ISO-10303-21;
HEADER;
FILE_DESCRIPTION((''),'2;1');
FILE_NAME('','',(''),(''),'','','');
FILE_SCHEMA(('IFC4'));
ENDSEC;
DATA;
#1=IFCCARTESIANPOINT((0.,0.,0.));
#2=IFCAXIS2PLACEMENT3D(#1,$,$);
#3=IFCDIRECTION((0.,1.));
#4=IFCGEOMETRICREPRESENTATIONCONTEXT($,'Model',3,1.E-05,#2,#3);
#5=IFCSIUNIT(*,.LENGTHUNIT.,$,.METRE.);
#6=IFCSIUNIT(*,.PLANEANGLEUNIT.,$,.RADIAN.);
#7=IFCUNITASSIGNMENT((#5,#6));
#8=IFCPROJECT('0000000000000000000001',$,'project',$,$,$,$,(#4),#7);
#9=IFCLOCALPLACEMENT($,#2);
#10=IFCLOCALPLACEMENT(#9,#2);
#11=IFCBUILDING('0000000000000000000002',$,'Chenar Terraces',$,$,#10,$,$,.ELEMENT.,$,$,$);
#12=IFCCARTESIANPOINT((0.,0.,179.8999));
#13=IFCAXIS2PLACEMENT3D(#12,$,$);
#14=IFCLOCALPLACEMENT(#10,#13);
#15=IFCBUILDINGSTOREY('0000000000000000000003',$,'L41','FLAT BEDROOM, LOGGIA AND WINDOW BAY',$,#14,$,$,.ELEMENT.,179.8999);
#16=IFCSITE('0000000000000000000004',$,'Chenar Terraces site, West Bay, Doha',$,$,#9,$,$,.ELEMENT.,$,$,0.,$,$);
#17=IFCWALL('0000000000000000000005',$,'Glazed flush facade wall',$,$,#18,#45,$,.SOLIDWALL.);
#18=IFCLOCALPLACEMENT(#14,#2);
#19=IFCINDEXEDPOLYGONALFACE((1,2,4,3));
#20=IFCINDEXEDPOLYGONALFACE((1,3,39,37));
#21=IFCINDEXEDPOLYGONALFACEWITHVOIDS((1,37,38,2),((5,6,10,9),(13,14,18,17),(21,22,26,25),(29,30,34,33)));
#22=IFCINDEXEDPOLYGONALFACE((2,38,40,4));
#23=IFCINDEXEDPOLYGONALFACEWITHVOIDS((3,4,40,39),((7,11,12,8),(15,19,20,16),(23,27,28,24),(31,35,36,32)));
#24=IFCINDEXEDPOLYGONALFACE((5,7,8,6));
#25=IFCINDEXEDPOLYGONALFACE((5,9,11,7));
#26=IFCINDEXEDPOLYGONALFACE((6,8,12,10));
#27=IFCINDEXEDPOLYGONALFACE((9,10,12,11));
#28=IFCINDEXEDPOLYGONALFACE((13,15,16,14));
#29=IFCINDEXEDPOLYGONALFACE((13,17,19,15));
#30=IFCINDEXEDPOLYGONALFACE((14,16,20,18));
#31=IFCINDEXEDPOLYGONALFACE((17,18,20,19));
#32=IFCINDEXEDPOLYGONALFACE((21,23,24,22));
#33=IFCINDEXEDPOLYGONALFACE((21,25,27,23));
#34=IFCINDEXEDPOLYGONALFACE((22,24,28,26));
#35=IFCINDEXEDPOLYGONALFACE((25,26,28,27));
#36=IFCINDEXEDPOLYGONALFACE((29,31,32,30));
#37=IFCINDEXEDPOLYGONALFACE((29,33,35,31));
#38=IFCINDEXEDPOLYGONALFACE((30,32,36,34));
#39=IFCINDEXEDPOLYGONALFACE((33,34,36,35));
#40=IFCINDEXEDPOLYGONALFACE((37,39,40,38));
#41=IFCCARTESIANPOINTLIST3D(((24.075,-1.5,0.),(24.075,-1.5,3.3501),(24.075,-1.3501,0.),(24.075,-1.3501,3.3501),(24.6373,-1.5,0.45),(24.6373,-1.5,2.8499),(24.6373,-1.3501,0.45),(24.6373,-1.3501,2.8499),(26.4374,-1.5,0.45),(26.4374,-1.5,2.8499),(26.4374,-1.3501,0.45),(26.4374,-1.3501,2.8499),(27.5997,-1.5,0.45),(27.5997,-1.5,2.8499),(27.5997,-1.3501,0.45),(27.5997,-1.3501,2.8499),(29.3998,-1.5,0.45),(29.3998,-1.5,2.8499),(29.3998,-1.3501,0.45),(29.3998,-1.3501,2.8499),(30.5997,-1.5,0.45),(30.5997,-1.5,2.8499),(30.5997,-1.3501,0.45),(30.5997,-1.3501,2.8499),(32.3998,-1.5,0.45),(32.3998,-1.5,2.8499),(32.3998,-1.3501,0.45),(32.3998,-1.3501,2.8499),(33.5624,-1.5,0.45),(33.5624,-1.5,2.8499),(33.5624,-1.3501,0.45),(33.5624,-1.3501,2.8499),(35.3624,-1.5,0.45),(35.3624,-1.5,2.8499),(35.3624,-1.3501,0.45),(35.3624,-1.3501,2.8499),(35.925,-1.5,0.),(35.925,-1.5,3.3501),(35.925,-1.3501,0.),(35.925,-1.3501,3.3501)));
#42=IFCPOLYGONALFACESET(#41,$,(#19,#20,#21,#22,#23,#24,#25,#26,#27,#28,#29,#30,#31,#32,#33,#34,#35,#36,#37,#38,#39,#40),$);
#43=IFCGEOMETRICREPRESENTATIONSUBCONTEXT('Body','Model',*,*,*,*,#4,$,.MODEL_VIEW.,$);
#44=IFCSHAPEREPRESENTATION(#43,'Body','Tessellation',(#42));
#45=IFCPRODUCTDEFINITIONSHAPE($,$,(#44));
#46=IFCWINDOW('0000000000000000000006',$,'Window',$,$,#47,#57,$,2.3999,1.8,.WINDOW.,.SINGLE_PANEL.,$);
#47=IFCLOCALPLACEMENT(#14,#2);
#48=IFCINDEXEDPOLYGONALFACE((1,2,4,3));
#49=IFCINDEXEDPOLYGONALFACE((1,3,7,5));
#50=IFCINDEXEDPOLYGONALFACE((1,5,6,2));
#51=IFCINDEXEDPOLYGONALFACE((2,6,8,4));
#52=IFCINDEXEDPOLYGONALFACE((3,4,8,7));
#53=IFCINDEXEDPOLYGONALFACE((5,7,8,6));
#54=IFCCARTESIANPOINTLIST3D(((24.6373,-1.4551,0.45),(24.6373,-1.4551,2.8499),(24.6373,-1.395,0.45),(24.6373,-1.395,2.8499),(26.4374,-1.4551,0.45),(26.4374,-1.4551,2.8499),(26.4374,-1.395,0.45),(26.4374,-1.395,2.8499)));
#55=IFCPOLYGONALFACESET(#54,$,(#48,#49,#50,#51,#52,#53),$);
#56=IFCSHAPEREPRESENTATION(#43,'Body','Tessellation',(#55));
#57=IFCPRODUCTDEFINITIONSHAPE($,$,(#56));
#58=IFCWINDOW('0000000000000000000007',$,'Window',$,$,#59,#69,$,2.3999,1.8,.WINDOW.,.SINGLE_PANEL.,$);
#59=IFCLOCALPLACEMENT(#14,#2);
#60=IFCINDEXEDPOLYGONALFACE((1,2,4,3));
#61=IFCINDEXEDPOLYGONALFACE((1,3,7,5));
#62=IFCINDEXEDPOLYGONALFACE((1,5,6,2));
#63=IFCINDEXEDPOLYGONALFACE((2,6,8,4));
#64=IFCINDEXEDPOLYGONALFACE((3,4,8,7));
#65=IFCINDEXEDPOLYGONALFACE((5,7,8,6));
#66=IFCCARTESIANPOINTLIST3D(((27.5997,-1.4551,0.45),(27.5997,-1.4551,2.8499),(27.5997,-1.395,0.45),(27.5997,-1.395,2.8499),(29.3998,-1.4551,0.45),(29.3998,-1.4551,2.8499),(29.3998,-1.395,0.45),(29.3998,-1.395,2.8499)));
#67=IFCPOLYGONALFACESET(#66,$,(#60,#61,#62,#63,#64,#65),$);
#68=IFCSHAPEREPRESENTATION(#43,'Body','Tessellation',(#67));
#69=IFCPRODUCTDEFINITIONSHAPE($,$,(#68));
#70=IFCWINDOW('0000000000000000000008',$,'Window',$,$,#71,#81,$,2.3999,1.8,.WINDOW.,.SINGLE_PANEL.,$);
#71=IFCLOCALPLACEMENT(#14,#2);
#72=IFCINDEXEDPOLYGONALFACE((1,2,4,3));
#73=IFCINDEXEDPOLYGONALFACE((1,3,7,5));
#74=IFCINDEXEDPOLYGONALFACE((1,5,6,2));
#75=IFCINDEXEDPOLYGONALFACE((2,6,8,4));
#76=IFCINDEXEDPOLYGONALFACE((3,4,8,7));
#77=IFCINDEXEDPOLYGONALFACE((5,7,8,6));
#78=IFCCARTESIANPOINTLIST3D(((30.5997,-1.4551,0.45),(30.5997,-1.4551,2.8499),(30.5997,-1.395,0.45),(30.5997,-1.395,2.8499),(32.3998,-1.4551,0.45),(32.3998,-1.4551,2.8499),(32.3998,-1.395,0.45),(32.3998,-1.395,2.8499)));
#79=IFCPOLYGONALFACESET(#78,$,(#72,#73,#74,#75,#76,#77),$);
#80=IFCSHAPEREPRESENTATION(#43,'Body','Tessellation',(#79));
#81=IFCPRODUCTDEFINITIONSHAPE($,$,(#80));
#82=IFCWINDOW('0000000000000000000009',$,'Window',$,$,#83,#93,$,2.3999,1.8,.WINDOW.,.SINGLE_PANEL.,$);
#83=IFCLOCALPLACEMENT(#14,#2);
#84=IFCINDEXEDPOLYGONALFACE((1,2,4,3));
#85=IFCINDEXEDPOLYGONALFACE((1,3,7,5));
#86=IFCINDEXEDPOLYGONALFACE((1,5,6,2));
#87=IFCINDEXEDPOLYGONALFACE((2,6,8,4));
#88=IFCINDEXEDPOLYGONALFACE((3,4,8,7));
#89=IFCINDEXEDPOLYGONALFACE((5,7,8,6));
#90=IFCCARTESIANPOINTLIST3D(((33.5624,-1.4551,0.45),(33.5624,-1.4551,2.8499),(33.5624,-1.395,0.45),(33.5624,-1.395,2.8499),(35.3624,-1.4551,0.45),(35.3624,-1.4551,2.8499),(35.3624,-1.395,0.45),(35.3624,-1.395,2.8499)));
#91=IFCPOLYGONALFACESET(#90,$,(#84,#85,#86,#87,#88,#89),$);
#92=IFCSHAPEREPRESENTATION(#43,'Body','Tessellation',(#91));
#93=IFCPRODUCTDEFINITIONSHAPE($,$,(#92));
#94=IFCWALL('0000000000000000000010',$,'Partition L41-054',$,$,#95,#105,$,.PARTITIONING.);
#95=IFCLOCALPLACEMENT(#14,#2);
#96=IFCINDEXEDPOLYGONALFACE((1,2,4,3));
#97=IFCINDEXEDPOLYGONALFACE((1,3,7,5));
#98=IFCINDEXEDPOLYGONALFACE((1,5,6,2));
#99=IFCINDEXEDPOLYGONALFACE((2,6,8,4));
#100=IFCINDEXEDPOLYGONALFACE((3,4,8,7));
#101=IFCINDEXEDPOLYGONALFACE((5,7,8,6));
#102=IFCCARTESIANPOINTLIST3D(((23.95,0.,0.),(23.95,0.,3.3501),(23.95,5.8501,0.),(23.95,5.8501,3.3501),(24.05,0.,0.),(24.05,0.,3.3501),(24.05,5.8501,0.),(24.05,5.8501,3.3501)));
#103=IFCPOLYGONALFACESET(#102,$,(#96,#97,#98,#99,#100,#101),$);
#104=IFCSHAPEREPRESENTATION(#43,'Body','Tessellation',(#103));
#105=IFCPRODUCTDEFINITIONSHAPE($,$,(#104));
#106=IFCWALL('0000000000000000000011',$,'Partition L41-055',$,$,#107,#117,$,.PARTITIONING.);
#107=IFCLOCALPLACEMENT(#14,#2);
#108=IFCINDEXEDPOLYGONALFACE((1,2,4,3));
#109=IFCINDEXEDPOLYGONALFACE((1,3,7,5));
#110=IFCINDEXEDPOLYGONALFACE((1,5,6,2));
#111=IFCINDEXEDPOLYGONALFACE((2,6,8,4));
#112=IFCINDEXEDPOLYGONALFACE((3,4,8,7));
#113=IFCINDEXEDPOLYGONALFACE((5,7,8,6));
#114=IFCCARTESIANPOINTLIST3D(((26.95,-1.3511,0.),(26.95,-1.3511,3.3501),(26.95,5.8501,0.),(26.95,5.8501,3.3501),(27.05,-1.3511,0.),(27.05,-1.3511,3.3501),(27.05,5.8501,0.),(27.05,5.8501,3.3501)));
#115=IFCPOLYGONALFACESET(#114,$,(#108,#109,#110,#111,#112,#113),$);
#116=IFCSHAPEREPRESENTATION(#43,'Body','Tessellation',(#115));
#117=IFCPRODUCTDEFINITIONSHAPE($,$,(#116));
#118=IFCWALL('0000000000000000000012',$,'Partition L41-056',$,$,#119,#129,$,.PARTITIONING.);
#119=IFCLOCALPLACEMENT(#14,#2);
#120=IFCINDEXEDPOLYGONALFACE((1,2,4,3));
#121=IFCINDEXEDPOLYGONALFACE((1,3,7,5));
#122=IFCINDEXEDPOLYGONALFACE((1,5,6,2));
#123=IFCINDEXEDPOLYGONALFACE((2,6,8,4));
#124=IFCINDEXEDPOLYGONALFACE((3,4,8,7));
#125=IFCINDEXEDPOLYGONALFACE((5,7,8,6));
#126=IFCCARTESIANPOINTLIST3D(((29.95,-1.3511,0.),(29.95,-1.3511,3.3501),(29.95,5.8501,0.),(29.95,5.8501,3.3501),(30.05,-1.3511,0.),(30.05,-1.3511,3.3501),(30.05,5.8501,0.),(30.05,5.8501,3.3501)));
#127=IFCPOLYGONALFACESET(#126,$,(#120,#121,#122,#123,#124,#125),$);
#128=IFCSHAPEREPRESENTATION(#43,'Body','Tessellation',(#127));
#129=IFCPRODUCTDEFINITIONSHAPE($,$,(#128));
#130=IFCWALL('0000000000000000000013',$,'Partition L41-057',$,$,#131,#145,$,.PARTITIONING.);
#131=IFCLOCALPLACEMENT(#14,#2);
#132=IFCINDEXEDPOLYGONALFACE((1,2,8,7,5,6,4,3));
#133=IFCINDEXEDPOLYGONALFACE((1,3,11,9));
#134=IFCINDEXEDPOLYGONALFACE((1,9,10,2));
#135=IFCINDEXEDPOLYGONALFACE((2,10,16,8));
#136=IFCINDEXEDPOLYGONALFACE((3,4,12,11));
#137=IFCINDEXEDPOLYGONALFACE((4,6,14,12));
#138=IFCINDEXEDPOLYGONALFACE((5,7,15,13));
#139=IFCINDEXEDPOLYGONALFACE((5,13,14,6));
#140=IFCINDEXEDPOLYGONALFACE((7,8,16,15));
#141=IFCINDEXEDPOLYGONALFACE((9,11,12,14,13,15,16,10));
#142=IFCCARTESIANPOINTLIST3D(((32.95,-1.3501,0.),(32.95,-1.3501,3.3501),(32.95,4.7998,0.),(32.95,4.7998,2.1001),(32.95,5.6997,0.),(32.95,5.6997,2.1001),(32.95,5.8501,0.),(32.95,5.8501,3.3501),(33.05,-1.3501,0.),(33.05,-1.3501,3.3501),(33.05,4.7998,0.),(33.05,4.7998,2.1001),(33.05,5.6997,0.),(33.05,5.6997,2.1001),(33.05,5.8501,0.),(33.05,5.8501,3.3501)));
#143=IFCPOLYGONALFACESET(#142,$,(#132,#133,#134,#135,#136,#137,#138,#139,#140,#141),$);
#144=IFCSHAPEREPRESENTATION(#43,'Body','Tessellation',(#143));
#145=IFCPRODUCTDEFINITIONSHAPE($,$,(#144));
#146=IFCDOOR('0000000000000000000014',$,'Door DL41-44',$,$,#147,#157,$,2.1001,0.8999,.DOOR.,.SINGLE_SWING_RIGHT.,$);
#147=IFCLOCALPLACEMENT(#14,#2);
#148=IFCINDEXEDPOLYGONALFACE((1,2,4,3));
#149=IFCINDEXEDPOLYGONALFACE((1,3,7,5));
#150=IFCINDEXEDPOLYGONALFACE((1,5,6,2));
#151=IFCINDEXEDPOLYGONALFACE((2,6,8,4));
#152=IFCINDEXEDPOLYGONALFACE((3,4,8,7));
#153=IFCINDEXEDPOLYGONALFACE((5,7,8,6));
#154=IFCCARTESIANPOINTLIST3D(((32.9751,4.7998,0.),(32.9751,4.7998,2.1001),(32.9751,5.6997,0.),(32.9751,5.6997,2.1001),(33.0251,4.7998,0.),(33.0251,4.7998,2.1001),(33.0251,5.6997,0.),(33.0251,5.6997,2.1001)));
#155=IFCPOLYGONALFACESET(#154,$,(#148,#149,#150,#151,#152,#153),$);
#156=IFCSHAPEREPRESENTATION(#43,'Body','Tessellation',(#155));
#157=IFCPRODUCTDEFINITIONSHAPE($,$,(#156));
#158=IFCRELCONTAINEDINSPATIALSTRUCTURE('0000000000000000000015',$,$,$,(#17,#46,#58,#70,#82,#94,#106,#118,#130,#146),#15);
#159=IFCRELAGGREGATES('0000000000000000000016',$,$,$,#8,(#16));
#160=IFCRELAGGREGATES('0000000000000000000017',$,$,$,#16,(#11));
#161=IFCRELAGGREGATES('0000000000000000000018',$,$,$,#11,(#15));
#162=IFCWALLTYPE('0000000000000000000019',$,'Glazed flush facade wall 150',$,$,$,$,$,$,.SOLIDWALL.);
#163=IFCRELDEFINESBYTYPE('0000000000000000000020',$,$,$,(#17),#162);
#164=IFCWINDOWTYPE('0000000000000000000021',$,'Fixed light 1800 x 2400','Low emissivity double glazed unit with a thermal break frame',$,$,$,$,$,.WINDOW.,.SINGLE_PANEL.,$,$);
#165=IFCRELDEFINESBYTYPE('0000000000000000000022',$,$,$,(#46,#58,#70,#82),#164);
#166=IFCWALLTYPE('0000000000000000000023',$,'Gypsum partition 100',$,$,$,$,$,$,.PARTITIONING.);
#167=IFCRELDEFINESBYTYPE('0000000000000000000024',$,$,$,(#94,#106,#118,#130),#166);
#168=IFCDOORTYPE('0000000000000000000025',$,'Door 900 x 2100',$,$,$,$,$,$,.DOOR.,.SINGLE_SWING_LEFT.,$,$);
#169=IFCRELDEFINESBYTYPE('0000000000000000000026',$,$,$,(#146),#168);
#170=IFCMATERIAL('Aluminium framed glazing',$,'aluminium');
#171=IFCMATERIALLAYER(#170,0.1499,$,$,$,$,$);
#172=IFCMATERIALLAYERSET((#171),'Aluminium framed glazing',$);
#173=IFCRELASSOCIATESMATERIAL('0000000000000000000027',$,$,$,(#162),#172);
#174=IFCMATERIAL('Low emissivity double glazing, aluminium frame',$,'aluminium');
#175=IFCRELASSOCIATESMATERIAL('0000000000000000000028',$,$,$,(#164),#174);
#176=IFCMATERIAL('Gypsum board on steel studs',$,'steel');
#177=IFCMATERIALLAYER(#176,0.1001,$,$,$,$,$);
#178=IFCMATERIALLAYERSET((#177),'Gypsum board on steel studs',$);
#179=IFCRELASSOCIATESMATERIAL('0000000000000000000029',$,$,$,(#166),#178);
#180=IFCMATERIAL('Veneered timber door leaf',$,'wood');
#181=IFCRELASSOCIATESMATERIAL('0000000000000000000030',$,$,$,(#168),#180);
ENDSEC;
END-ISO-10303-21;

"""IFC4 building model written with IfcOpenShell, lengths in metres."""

from ifc_helpers import new_model, si_unit, direction, frame, frame_2d, origin, place, context, subcontext, project, spatial, rectangle, extrude, material, layer, layer_set, type_object, element, fill, save


model = new_model("IFC4")

# Units and contexts
model_context = context("Model", 3, precision=1e-05, world=origin(), true_north=direction((0.0, 1.0)))
body_context = subcontext(model_context, "Body", "Model", "MODEL_VIEW")
ifc_project = project(units=[si_unit("LENGTHUNIT", "METRE"), si_unit("PLANEANGLEUNIT", "RADIAN")], contexts=[model_context])

# Site, building, storey
site_placement = place(None, origin())
site = spatial("IfcSite", under=ifc_project, at=site_placement, Name="Chenar Terraces site, West Bay, Doha", CompositionType="ELEMENT", RefElevation=0.0)
building_placement = place(site_placement, origin())
building = spatial("IfcBuilding", under=site, at=building_placement, Name="Chenar Terraces", CompositionType="ELEMENT")
storey_placement = place(building_placement, frame((0.0, 0.0, 179.8999)))
storey = spatial("IfcBuildingStorey", under=building, at=storey_placement, Name="L41", Description="FLAT BEDROOM, LOGGIA AND WINDOW BAY", CompositionType="ELEMENT", Elevation=179.8999)

# Wall, openings, windows
ifc_material_1 = material(Name="Aluminium framed glazing", Category="aluminium")
ifc_layer_1 = layer(ifc_material_1, 0.1499)
ifc_layer_set_1 = layer_set([ifc_layer_1], Name="Aluminium framed glazing")
wall_type_1 = type_object("IfcWallType", Name="Glazed flush facade wall 150", PredefinedType="SOLIDWALL", material=ifc_layer_set_1)
wall_1_placement = place(storey_placement, frame((24.075, -1.425, 0.0), z_axis=(0.0, 0.0, 1.0), x_axis=(1.0, 0.0, 0.0)))
wall_1 = element("IfcWall", 1, at=wall_1_placement, inside=storey, type_object=wall_type_1, Name="Glazed flush facade wall", PredefinedType="SOLIDWALL", context=body_context, shape_type="SweptSolid", body=[
    extrude(rectangle(XDim=11.8501, YDim=0.1499, at=frame_2d((5.925, 0.0))), origin(), (0.0, 0.0, 1.0), 3.3501),
])
opening_1_placement = place(wall_1_placement, frame((0.5625, 0.0, 0.45)))
opening_1 = element("IfcOpeningElement", 2, at=opening_1_placement, cuts=wall_1, PredefinedType="OPENING", context=body_context, shape_type="SweptSolid", body=[
    extrude(rectangle(XDim=1.8, YDim=2.3999, at=frame_2d((0.8999, 1.2))), frame((0.0, 0.085, 0.0), z_axis=(0.0, -1.0, 0.0), x_axis=(1.0, 0.0, 0.0)), (0.0, 0.0, 1.0), 0.1699),
])
opening_2_placement = place(wall_1_placement, frame((3.5249, 0.0, 0.45)))
opening_2 = element("IfcOpeningElement", 3, at=opening_2_placement, cuts=wall_1, PredefinedType="OPENING", context=body_context, shape_type="SweptSolid", body=[
    extrude(rectangle(XDim=1.8, YDim=2.3999, at=frame_2d((0.8999, 1.2))), frame((0.0, 0.085, 0.0), z_axis=(0.0, -1.0, 0.0), x_axis=(1.0, 0.0, 0.0)), (0.0, 0.0, 1.0), 0.1699),
])
opening_3_placement = place(wall_1_placement, frame((6.5249, 0.0, 0.45)))
opening_3 = element("IfcOpeningElement", 4, at=opening_3_placement, cuts=wall_1, PredefinedType="OPENING", context=body_context, shape_type="SweptSolid", body=[
    extrude(rectangle(XDim=1.8, YDim=2.3999, at=frame_2d((0.8999, 1.2))), frame((0.0, 0.085, 0.0), z_axis=(0.0, -1.0, 0.0), x_axis=(1.0, 0.0, 0.0)), (0.0, 0.0, 1.0), 0.1699),
])
opening_4_placement = place(wall_1_placement, frame((9.4875, 0.0, 0.45)))
opening_4 = element("IfcOpeningElement", 5, at=opening_4_placement, cuts=wall_1, PredefinedType="OPENING", context=body_context, shape_type="SweptSolid", body=[
    extrude(rectangle(XDim=1.8, YDim=2.3999, at=frame_2d((0.8999, 1.2))), frame((0.0, 0.085, 0.0), z_axis=(0.0, -1.0, 0.0), x_axis=(1.0, 0.0, 0.0)), (0.0, 0.0, 1.0), 0.1699),
])
ifc_material_2 = material(Name="Low emissivity double glazing, aluminium frame", Category="aluminium")
window_type = type_object("IfcWindowType", Name="Fixed light 1800 x 2400", Description="Low emissivity double glazed unit with a thermal break frame", PartitioningType="SINGLE_PANEL", PredefinedType="WINDOW", material=ifc_material_2)
window_1_placement = place(opening_1_placement, origin())
window_1 = element("IfcWindow", 6, at=window_1_placement, inside=storey, type_object=window_type, Name="Window", OverallHeight=2.3999, OverallWidth=1.8, PartitioningType="SINGLE_PANEL", PredefinedType="WINDOW", context=body_context, shape_type="SweptSolid", body=[
    extrude(rectangle(XDim=1.8, YDim=2.3999, at=frame_2d((0.8999, 1.2))), frame((0.0, 0.03, 0.0), z_axis=(0.0, -1.0, 0.0), x_axis=(1.0, 0.0, 0.0)), (0.0, 0.0, 1.0), 0.0601),
])
fill(opening_1, window_1)
window_2_placement = place(opening_2_placement, origin())
window_2 = element("IfcWindow", 7, at=window_2_placement, inside=storey, type_object=window_type, Name="Window", OverallHeight=2.3999, OverallWidth=1.8, PartitioningType="SINGLE_PANEL", PredefinedType="WINDOW", context=body_context, shape_type="SweptSolid", body=[
    extrude(rectangle(XDim=1.8, YDim=2.3999, at=frame_2d((0.8999, 1.2))), frame((0.0, 0.03, 0.0), z_axis=(0.0, -1.0, 0.0), x_axis=(1.0, 0.0, 0.0)), (0.0, 0.0, 1.0), 0.0601),
])
fill(opening_2, window_2)
window_3_placement = place(opening_3_placement, origin())
window_3 = element("IfcWindow", 8, at=window_3_placement, inside=storey, type_object=window_type, Name="Window", OverallHeight=2.3999, OverallWidth=1.8, PartitioningType="SINGLE_PANEL", PredefinedType="WINDOW", context=body_context, shape_type="SweptSolid", body=[
    extrude(rectangle(XDim=1.8, YDim=2.3999, at=frame_2d((0.8999, 1.2))), frame((0.0, 0.03, 0.0), z_axis=(0.0, -1.0, 0.0), x_axis=(1.0, 0.0, 0.0)), (0.0, 0.0, 1.0), 0.0601),
])
fill(opening_3, window_3)
window_4_placement = place(opening_4_placement, origin())
window_4 = element("IfcWindow", 9, at=window_4_placement, inside=storey, type_object=window_type, Name="Window", OverallHeight=2.3999, OverallWidth=1.8, PartitioningType="SINGLE_PANEL", PredefinedType="WINDOW", context=body_context, shape_type="SweptSolid", body=[
    extrude(rectangle(XDim=1.8, YDim=2.3999, at=frame_2d((0.8999, 1.2))), frame((0.0, 0.03, 0.0), z_axis=(0.0, -1.0, 0.0), x_axis=(1.0, 0.0, 0.0)), (0.0, 0.0, 1.0), 0.0601),
])
fill(opening_4, window_4)

# Walls
ifc_material_3 = material(Name="Gypsum board on steel studs", Category="steel")
ifc_layer_2 = layer(ifc_material_3, 0.1001)
ifc_layer_set_2 = layer_set([ifc_layer_2], Name="Gypsum board on steel studs")
wall_type_2 = type_object("IfcWallType", Name="Gypsum partition 100", PredefinedType="PARTITIONING", material=ifc_layer_set_2)
wall_2_placement = place(storey_placement, frame((24.0, 0.0, 0.0), z_axis=(0.0, 0.0, 1.0), x_axis=(0.0, 1.0, 0.0)))
element("IfcWall", 10, at=wall_2_placement, inside=storey, type_object=wall_type_2, Name="Partition L41-054", PredefinedType="PARTITIONING", context=body_context, shape_type="SweptSolid", body=[
    extrude(rectangle(XDim=5.8501, YDim=0.1001, at=frame_2d((2.925, 0.0))), origin(), (0.0, 0.0, 1.0), 3.3501),
])
for number, where, z_axis, x_axis, name in (
    (11, (27.0, -1.3511, 0.0), (0.0, 0.0, 1.0), (0.0, 1.0, 0.0), "Partition L41-055"),
    (12, (30.0, -1.3511, 0.0), (0.0, 0.0, 1.0), (0.0, 1.0, 0.0), "Partition L41-056"),
):
    element("IfcWall", number, at=place(storey_placement, frame(where, z_axis=z_axis, x_axis=x_axis)), inside=storey, type_object=wall_type_2, Name=name, PredefinedType="PARTITIONING", context=body_context, shape_type="SweptSolid", body=[
        extrude(rectangle(XDim=7.2012, YDim=0.1001, at=frame_2d((3.6006, 0.0))), origin(), (0.0, 0.0, 1.0), 3.3501),
    ])

# Wall, opening, door
wall_3_placement = place(storey_placement, frame((33.0, -1.3501, 0.0), z_axis=(0.0, 0.0, 1.0), x_axis=(0.0, 1.0, 0.0)))
wall_3 = element("IfcWall", 13, at=wall_3_placement, inside=storey, type_object=wall_type_2, Name="Partition L41-057", PredefinedType="PARTITIONING", context=body_context, shape_type="SweptSolid", body=[
    extrude(rectangle(XDim=7.2002, YDim=0.1001, at=frame_2d((3.6001, 0.0))), origin(), (0.0, 0.0, 1.0), 3.3501),
])
opening_5_placement = place(wall_3_placement, frame((6.1499, 0.0, 0.0)))
opening_5 = element("IfcOpeningElement", 14, at=opening_5_placement, cuts=wall_3, PredefinedType="OPENING", context=body_context, shape_type="SweptSolid", body=[
    extrude(rectangle(XDim=0.8999, YDim=2.1001, at=frame_2d((0.45, 1.05))), frame((0.0, 0.0601, 0.0), z_axis=(0.0, -1.0, 0.0), x_axis=(1.0, 0.0, 0.0)), (0.0, 0.0, 1.0), 0.1201),
])
ifc_material_4 = material(Name="Veneered timber door leaf", Category="wood")
door_type_1 = type_object("IfcDoorType", Name="Door 900 x 2100", OperationType="SINGLE_SWING_LEFT", PredefinedType="DOOR", material=ifc_material_4)
door_1_placement = place(opening_5_placement, origin())
door_1 = element("IfcDoor", 15, at=door_1_placement, inside=storey, type_object=door_type_1, Name="Door DL41-44", OperationType="SINGLE_SWING_RIGHT", OverallHeight=2.1001, OverallWidth=0.8999, PredefinedType="DOOR", context=body_context, shape_type="SweptSolid", body=[
    extrude(rectangle(XDim=0.8999, YDim=2.1001, at=frame_2d((0.45, 1.05))), frame((0.0, 0.0249, 0.0), z_axis=(0.0, -1.0, 0.0), x_axis=(1.0, 0.0, 0.0)), (0.0, 0.0, 1.0), 0.05),
])
fill(opening_5, door_1)

save(model, "model.ifc")
